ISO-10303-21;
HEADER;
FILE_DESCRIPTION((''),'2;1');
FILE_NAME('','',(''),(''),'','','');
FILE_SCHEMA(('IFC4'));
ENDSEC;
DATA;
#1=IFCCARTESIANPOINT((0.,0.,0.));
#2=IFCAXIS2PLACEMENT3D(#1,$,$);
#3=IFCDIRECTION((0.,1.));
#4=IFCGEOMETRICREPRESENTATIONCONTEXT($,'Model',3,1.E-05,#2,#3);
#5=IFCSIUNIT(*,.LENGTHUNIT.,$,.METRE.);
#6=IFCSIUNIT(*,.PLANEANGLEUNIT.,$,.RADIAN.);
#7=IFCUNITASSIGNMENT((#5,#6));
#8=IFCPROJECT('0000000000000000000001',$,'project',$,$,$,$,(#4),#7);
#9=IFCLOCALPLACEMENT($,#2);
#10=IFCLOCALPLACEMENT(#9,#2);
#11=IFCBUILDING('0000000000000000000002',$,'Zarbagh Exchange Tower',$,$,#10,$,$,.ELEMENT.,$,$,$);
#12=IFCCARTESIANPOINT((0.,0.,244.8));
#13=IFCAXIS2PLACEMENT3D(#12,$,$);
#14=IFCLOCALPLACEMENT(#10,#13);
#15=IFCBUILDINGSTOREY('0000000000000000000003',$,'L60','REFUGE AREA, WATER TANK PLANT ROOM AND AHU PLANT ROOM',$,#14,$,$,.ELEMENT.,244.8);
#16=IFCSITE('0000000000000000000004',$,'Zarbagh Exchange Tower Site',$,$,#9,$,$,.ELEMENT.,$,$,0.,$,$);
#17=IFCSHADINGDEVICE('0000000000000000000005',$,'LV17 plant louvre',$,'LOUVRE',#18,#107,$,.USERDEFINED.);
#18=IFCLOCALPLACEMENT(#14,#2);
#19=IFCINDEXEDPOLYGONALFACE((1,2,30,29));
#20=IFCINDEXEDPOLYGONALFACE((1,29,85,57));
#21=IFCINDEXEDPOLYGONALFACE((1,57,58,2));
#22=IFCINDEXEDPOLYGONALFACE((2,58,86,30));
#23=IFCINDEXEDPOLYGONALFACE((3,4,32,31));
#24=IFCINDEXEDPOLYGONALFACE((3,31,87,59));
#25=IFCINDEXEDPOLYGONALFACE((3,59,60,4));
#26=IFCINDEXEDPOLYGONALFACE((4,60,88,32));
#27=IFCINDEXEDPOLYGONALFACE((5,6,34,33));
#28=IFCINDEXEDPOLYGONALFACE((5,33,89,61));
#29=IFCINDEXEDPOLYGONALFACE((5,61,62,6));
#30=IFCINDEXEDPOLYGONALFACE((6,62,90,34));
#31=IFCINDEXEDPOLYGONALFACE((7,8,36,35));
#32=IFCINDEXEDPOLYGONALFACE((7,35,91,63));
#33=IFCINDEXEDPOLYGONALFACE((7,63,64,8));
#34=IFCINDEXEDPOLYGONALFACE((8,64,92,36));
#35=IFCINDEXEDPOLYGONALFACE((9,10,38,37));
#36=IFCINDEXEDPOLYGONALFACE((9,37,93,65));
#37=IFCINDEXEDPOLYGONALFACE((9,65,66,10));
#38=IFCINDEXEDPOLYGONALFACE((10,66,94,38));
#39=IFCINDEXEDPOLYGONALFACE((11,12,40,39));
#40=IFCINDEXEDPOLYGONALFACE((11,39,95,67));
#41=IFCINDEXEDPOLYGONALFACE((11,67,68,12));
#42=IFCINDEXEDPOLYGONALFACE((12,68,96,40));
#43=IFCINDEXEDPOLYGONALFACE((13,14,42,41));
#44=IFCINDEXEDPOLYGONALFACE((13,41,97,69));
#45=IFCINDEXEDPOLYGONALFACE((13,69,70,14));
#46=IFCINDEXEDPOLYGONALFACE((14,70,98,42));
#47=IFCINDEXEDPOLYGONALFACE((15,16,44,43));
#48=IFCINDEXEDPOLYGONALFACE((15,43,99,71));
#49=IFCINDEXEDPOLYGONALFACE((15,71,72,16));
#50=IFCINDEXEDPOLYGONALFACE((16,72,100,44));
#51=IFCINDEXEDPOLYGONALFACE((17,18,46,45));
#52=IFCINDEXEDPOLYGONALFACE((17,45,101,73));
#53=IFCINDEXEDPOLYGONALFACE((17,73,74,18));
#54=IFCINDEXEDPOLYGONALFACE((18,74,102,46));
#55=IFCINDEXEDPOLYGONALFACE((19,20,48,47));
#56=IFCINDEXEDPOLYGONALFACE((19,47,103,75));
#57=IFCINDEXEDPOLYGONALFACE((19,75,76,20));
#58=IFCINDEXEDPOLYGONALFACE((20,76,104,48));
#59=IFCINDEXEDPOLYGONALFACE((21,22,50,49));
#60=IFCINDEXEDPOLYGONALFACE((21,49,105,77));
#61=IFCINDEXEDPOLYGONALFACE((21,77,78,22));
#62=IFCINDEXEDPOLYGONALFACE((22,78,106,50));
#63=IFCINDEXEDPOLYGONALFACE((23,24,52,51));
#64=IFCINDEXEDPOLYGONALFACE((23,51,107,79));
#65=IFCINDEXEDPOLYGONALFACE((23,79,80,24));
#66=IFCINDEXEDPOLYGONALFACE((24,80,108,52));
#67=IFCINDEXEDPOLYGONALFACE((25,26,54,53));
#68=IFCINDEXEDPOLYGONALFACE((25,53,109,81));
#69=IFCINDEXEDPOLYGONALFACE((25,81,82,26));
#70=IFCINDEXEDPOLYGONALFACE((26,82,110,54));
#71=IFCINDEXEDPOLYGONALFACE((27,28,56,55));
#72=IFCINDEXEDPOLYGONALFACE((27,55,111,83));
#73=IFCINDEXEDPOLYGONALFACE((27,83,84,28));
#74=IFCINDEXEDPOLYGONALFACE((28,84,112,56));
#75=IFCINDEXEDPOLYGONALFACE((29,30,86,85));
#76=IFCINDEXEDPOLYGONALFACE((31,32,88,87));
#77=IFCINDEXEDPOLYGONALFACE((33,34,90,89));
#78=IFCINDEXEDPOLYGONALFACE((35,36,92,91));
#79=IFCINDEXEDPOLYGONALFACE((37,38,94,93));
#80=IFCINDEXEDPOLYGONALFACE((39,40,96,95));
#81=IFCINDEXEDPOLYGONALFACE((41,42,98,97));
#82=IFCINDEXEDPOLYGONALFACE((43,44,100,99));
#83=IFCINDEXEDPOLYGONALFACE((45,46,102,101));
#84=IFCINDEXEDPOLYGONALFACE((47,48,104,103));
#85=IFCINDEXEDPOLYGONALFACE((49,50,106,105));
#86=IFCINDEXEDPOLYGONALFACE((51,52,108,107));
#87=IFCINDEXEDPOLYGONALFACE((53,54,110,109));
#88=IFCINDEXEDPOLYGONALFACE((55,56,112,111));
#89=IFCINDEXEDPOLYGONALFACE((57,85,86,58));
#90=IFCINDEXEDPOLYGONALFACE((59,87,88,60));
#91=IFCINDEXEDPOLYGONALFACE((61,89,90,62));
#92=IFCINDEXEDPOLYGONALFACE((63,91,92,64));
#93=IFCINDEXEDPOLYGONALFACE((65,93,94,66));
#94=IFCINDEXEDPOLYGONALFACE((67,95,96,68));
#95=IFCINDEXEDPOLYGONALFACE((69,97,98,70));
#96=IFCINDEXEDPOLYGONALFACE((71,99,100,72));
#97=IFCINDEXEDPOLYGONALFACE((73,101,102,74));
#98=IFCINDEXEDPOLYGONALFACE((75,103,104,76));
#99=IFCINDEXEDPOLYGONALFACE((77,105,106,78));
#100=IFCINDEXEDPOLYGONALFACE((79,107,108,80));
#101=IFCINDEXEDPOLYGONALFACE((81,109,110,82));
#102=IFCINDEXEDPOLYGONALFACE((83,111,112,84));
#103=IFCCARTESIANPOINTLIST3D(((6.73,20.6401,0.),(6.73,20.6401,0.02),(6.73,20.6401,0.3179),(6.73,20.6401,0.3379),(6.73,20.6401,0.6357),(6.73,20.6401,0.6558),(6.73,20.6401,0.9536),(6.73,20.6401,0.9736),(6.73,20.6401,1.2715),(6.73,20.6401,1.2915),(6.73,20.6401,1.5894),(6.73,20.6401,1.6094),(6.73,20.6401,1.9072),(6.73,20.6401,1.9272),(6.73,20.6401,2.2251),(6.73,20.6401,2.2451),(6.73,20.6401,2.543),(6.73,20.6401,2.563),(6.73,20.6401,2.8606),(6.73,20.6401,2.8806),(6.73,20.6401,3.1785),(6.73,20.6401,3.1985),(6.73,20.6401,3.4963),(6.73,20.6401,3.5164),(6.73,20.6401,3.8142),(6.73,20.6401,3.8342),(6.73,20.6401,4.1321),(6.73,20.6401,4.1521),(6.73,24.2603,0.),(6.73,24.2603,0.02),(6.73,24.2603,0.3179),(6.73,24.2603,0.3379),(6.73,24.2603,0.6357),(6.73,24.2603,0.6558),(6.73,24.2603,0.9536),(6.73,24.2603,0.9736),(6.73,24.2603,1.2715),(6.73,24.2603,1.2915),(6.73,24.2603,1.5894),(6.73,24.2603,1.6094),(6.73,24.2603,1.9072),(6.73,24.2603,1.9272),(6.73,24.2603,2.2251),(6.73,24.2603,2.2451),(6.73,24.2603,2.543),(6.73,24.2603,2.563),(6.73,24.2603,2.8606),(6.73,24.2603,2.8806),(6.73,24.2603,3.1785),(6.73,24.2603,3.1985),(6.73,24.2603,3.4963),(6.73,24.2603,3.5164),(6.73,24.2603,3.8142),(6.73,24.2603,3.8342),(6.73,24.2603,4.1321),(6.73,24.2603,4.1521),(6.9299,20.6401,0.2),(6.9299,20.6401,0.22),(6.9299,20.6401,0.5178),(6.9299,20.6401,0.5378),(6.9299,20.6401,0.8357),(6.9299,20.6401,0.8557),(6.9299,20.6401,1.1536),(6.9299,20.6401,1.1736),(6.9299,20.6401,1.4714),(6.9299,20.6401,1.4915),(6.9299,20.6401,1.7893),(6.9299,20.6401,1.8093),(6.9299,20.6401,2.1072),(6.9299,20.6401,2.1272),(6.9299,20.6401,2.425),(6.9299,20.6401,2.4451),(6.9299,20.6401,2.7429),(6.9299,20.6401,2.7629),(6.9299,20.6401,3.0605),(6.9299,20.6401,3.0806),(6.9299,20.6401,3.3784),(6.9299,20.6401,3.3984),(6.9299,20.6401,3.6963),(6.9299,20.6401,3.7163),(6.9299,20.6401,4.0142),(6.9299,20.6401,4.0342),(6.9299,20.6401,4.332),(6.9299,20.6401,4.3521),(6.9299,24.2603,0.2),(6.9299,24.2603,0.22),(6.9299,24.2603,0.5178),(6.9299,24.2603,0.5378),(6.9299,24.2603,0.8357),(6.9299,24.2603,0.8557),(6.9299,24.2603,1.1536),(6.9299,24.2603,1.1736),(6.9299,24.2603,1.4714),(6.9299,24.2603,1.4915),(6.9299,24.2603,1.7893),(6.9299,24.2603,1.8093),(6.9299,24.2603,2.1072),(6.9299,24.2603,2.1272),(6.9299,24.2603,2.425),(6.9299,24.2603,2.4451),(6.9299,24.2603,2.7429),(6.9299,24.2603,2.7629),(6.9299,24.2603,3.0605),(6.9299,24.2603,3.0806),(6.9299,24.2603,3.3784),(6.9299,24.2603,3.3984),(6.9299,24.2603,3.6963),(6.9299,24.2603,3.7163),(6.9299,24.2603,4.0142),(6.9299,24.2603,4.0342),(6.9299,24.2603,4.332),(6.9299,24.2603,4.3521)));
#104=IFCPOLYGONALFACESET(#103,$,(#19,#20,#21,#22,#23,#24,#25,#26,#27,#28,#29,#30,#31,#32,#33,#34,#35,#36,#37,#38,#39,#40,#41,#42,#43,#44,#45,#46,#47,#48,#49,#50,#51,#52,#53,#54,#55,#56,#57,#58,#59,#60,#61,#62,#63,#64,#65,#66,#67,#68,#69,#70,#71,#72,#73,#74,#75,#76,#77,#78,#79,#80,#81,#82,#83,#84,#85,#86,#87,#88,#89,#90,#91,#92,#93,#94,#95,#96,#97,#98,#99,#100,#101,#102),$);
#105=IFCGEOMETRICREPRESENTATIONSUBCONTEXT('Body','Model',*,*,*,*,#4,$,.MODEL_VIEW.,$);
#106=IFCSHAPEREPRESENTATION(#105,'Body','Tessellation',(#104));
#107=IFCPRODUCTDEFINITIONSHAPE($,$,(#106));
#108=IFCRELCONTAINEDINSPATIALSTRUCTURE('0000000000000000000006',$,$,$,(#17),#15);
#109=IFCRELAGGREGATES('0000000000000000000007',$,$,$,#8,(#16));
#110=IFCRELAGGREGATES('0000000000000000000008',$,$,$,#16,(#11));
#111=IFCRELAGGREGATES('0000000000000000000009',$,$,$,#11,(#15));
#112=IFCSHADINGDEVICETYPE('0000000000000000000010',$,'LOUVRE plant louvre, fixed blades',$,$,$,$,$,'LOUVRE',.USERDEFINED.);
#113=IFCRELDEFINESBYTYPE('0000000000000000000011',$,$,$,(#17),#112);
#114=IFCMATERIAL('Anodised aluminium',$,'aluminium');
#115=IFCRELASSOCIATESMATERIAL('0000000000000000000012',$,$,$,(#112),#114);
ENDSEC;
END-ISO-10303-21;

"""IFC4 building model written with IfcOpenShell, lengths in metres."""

from ifc_helpers import new_model, si_unit, direction, frame, origin, place, context, subcontext, project, spatial, polyline, outline, extrude, source, transform, mapped, material, type_object, element, save


model = new_model("IFC4")

# Units and contexts
model_context = context("Model", 3, precision=1e-05, world=origin(), true_north=direction((0.0, 1.0)))
body_context = subcontext(model_context, "Body", "Model", "MODEL_VIEW")
ifc_project = project(units=[si_unit("LENGTHUNIT", "METRE"), si_unit("PLANEANGLEUNIT", "RADIAN")], contexts=[model_context])

# Site, building, storey
site_placement = place(None, origin())
site = spatial("IfcSite", under=ifc_project, at=site_placement, Name="Zarbagh Exchange Tower Site", CompositionType="ELEMENT", RefElevation=0.0)
building_placement = place(site_placement, origin())
building = spatial("IfcBuilding", under=site, at=building_placement, Name="Zarbagh Exchange Tower", CompositionType="ELEMENT")
storey_placement = place(building_placement, frame((0.0, 0.0, 244.8)))
storey = spatial("IfcBuildingStorey", under=building, at=storey_placement, Name="L60", Description="REFUGE AREA, WATER TANK PLANT ROOM AND AHU PLANT ROOM", CompositionType="ELEMENT", Elevation=244.8)

# Shared definitions
placement = place(storey_placement, origin())

# Shading device
ifc_material_1 = material(Name="Anodised aluminium", Category="aluminium")
shading_device_type = type_object("IfcShadingDeviceType", Name="LOUVRE plant louvre, fixed blades", ElementType="LOUVRE", PredefinedType="USERDEFINED", material=ifc_material_1)
shared_shape_1 = source(origin(), body_context, "Body", "SweptSolid", [
    extrude(outline(polyline([(0.0, 0.2), (0.2, 0.0), (0.2, -0.02), (0.0, 0.1799), (0.0, 0.2)])), origin(), (0.0, 0.0, 1.0), 3.6201),
])
element("IfcShadingDevice", 1, at=placement, inside=storey, type_object=shading_device_type, Name="LV17 plant louvre", ObjectType="LOUVRE", PredefinedType="USERDEFINED", context=body_context, shape_type="MappedRepresentation", body=[
    mapped(shared_shape_1, transform((6.73, 20.6401, 0.2), x_axis=(1.0, 0.0, 0.0), y_axis=(0.0, 0.0, -1.0), z_axis=(0.0, 1.0, 0.0))),
    mapped(shared_shape_1, transform((6.73, 20.6401, 0.5178), x_axis=(1.0, 0.0, 0.0), y_axis=(0.0, 0.0, -1.0), z_axis=(0.0, 1.0, 0.0))),
    mapped(shared_shape_1, transform((6.73, 20.6401, 0.8357), x_axis=(1.0, 0.0, 0.0), y_axis=(0.0, 0.0, -1.0), z_axis=(0.0, 1.0, 0.0))),
    mapped(shared_shape_1, transform((6.73, 20.6401, 1.1536), x_axis=(1.0, 0.0, 0.0), y_axis=(0.0, 0.0, -1.0), z_axis=(0.0, 1.0, 0.0))),
    mapped(shared_shape_1, transform((6.73, 20.6401, 1.4714), x_axis=(1.0, 0.0, 0.0), y_axis=(0.0, 0.0, -1.0), z_axis=(0.0, 1.0, 0.0))),
    mapped(shared_shape_1, transform((6.73, 20.6401, 1.7893), x_axis=(1.0, 0.0, 0.0), y_axis=(0.0, 0.0, -1.0), z_axis=(0.0, 1.0, 0.0))),
    mapped(shared_shape_1, transform((6.73, 20.6401, 2.1072), x_axis=(1.0, 0.0, 0.0), y_axis=(0.0, 0.0, -1.0), z_axis=(0.0, 1.0, 0.0))),
    mapped(shared_shape_1, transform((6.73, 20.6401, 2.425), x_axis=(1.0, 0.0, 0.0), y_axis=(0.0, 0.0, -1.0), z_axis=(0.0, 1.0, 0.0))),
    mapped(shared_shape_1, transform((6.73, 20.6401, 2.7429), x_axis=(1.0, 0.0, 0.0), y_axis=(0.0, 0.0, -1.0), z_axis=(0.0, 1.0, 0.0))),
    mapped(shared_shape_1, transform((6.73, 20.6401, 3.0605), x_axis=(1.0, 0.0, 0.0), y_axis=(0.0, 0.0, -1.0), z_axis=(0.0, 1.0, 0.0))),
    mapped(shared_shape_1, transform((6.73, 20.6401, 3.3784), x_axis=(1.0, 0.0, 0.0), y_axis=(0.0, 0.0, -1.0), z_axis=(0.0, 1.0, 0.0))),
    mapped(shared_shape_1, transform((6.73, 20.6401, 3.6963), x_axis=(1.0, 0.0, 0.0), y_axis=(0.0, 0.0, -1.0), z_axis=(0.0, 1.0, 0.0))),
    mapped(shared_shape_1, transform((6.73, 20.6401, 4.0142), x_axis=(1.0, 0.0, 0.0), y_axis=(0.0, 0.0, -1.0), z_axis=(0.0, 1.0, 0.0))),
    mapped(shared_shape_1, transform((6.73, 20.6401, 4.332), x_axis=(1.0, 0.0, 0.0), y_axis=(0.0, 0.0, -1.0), z_axis=(0.0, 1.0, 0.0))),
])

save(model, "model.ifc")
